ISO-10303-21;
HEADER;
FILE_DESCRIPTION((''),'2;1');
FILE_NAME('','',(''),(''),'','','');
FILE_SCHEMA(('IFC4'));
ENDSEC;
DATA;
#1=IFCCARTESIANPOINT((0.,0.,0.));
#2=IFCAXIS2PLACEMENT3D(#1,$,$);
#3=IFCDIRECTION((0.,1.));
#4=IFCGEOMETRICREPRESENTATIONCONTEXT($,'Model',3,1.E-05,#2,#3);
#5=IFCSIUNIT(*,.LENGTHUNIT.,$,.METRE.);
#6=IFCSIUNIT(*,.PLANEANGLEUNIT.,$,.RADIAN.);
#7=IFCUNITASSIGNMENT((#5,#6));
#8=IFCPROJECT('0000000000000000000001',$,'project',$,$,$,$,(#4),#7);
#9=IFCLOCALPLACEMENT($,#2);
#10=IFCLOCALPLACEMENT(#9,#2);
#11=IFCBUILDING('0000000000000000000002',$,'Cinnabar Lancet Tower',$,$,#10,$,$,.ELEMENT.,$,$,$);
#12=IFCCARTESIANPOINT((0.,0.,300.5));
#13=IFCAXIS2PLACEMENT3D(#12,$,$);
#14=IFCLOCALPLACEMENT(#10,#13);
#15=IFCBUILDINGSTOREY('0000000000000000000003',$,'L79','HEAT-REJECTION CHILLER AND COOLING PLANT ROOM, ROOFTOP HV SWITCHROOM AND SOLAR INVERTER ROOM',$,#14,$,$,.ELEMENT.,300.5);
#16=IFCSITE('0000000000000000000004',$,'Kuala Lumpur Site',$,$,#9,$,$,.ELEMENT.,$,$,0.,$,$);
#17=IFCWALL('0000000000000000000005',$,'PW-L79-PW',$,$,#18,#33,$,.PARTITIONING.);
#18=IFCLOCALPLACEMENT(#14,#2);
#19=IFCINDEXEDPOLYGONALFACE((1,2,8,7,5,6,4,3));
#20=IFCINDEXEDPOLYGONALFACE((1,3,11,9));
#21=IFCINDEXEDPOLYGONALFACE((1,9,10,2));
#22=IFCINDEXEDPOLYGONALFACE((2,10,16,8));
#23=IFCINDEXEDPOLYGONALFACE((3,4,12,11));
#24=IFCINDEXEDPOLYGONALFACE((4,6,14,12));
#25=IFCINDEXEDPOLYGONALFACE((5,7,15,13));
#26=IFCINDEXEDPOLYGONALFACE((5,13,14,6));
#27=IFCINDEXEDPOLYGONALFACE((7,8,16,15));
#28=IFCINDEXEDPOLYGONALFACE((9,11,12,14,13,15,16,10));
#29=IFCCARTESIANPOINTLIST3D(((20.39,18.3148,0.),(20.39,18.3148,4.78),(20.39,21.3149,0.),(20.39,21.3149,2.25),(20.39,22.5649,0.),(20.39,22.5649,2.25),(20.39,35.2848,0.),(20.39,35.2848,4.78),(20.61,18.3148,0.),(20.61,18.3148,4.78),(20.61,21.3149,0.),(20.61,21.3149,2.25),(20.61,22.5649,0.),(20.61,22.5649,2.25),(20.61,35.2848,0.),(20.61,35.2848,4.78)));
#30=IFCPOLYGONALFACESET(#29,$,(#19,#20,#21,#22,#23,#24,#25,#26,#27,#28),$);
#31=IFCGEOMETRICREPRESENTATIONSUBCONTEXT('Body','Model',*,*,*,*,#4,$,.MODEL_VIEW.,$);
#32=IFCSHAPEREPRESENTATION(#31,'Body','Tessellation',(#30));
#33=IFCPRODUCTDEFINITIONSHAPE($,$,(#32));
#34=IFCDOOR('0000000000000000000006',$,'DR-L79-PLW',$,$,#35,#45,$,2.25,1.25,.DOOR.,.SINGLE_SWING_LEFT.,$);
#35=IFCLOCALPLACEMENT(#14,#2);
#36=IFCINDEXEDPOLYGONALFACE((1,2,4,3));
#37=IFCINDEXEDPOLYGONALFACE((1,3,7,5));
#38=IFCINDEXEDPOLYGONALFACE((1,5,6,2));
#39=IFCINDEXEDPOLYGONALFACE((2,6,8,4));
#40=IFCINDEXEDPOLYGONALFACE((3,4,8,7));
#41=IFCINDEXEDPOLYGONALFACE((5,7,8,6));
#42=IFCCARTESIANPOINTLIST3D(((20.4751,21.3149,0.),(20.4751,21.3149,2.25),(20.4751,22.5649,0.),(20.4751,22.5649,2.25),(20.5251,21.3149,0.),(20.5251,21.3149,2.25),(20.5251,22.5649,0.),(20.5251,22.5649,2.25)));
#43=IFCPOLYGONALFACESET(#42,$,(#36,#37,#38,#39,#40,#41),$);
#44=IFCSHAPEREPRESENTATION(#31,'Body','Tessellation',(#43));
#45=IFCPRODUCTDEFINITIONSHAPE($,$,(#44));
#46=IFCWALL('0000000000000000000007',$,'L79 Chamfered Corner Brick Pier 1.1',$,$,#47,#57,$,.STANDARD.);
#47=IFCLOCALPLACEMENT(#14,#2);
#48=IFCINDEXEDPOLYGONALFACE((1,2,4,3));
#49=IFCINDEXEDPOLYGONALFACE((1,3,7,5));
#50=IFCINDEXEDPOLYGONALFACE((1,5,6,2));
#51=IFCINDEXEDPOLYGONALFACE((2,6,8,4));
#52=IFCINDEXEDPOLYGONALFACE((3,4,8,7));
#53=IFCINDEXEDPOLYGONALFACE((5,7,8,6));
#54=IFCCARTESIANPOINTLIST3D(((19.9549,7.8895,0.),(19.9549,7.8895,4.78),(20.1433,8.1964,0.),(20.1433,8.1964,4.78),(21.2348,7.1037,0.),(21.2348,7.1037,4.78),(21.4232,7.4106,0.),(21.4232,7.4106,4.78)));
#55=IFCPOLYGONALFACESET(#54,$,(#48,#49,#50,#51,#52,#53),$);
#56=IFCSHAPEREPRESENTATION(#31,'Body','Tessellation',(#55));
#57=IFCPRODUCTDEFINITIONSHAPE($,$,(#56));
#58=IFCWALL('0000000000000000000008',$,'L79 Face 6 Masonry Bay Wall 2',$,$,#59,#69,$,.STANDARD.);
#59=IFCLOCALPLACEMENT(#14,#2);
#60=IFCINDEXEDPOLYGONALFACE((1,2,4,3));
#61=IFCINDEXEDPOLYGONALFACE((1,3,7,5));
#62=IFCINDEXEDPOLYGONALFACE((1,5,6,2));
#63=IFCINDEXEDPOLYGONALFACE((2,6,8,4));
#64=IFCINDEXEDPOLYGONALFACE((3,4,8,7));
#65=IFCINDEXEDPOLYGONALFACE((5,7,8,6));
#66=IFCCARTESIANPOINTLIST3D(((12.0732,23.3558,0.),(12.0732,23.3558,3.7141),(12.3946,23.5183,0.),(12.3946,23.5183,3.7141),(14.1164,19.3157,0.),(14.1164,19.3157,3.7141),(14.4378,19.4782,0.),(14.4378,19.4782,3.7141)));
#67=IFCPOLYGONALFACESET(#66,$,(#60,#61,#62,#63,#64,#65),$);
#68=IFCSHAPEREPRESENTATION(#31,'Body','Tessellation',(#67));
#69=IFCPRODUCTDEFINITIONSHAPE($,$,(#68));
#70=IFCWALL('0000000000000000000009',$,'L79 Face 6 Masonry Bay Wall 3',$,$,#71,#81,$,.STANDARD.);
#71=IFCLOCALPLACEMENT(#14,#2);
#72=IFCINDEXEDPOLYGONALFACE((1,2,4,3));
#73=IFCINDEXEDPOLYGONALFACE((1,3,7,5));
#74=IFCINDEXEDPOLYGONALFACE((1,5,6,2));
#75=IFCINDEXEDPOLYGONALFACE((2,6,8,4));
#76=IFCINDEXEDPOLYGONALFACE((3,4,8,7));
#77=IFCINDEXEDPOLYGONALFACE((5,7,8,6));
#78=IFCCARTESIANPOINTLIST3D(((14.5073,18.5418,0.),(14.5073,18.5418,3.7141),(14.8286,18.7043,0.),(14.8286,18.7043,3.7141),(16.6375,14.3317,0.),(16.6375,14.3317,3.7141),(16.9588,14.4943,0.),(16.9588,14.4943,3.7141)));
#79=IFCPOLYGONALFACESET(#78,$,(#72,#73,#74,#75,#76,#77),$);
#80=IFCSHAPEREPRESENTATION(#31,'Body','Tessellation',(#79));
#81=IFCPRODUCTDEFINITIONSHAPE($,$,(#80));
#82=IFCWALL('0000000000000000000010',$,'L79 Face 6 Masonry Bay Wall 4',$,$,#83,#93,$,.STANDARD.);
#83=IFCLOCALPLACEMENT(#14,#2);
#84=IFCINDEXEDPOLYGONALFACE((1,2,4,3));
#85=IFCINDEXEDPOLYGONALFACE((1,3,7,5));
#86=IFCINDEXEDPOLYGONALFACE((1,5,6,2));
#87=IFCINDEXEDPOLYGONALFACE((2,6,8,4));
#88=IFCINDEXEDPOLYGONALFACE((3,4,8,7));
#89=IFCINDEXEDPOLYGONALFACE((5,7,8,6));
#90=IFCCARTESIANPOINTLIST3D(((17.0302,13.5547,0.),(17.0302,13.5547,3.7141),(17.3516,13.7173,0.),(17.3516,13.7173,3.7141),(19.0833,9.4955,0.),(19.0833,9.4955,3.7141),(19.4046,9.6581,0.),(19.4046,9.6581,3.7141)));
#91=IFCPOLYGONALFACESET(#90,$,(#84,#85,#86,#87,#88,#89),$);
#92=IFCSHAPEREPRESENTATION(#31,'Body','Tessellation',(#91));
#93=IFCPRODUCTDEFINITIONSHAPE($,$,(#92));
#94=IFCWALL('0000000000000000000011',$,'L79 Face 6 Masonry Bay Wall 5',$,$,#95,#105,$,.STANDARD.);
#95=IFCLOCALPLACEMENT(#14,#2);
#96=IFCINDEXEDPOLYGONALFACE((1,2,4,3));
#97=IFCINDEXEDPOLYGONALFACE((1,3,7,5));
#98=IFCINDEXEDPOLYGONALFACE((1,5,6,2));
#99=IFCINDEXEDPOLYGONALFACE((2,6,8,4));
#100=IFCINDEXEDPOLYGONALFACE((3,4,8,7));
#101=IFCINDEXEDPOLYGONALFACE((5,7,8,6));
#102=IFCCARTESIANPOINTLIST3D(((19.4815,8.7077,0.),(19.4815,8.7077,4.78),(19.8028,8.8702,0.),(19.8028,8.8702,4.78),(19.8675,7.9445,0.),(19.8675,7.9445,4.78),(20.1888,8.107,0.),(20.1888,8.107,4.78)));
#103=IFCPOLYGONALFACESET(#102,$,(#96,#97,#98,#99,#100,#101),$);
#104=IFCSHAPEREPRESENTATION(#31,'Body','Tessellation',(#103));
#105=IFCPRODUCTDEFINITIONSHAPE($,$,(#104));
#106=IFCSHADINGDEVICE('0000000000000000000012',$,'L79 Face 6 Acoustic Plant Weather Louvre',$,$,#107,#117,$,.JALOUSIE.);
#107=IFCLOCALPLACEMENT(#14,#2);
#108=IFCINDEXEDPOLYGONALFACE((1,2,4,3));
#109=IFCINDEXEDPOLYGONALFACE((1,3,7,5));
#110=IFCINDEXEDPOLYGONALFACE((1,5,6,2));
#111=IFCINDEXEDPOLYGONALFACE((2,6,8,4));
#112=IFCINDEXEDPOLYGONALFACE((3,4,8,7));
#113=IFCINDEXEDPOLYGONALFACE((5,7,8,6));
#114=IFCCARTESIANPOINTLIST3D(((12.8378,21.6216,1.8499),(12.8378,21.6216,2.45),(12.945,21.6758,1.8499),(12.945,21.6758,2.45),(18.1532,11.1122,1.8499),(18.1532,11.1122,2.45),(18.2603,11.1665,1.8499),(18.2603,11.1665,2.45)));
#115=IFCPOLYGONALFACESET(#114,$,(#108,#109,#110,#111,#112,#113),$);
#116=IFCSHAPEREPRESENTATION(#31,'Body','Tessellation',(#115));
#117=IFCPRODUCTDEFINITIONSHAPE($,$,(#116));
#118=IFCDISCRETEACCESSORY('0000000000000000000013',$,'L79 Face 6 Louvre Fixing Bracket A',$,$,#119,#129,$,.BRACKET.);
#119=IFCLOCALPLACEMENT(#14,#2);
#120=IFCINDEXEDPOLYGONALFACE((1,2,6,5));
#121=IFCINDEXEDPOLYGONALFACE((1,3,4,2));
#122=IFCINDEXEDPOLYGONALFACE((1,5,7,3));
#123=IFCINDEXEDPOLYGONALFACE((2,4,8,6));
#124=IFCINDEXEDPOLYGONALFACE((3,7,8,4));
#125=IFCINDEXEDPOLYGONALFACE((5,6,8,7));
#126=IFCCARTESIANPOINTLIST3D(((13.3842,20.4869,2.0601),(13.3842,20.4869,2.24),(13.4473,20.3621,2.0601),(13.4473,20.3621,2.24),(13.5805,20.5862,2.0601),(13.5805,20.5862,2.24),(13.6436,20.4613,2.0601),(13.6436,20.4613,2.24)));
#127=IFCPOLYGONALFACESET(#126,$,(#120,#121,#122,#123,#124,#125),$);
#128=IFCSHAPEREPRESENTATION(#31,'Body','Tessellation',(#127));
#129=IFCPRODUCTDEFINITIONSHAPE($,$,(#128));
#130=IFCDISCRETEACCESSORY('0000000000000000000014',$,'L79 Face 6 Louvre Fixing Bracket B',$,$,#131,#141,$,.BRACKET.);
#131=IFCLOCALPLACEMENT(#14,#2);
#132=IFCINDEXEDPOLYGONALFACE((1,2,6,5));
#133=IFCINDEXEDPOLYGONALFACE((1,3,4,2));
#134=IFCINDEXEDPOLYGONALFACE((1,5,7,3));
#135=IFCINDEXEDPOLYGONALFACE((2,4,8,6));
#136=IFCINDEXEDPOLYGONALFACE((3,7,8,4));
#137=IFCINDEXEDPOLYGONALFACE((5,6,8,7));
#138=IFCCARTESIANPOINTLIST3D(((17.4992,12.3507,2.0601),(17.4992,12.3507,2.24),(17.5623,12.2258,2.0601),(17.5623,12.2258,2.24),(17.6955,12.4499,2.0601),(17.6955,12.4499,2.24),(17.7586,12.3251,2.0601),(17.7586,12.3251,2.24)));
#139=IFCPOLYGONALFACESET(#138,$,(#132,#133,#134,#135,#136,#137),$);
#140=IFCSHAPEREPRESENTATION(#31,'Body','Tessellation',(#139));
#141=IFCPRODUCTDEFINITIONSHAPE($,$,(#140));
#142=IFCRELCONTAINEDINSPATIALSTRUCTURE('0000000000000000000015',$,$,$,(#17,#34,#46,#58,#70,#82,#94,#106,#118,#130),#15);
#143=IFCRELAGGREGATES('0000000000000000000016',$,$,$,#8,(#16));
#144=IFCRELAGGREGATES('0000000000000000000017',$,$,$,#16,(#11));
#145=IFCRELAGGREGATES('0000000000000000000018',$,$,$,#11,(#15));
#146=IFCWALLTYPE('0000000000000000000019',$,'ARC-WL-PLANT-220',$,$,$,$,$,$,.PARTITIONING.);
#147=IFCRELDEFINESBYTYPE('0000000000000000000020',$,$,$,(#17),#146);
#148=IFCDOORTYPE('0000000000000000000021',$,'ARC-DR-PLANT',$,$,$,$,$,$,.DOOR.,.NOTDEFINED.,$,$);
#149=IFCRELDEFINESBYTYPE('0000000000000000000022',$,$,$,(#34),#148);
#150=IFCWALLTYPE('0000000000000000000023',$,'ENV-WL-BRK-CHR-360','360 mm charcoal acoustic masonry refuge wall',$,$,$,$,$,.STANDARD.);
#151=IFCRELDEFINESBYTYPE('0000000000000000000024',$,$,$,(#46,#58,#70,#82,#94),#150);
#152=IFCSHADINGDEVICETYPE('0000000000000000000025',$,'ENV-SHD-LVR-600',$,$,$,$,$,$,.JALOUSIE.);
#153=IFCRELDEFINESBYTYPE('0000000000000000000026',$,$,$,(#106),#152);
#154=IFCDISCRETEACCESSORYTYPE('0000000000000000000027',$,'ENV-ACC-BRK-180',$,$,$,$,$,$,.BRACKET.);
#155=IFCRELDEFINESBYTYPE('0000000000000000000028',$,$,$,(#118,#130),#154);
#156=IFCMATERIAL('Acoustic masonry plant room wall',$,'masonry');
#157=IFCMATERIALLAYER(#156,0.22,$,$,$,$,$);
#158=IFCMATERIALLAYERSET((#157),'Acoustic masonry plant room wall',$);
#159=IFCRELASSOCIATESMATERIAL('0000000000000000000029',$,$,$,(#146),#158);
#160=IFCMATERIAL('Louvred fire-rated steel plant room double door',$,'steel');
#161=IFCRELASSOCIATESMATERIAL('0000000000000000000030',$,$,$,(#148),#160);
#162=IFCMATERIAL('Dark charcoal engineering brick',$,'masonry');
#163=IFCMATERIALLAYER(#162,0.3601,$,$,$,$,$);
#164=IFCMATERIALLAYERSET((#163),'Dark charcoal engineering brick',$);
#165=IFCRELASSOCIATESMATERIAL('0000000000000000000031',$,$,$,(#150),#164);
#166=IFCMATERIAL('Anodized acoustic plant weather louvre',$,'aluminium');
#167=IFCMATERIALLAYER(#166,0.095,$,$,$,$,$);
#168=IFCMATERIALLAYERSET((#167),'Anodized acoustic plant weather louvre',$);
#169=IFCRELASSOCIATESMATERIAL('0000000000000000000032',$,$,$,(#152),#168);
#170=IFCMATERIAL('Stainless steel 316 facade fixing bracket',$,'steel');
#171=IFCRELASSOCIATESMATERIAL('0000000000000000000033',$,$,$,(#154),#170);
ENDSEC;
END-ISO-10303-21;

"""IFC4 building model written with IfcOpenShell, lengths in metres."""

from ifc_helpers import new_model, si_unit, direction, frame, frame_2d, origin, origin_2d, place, context, subcontext, project, spatial, rectangle, extrude, material, layer, layer_set, type_object, element, fill, save


model = new_model("IFC4")

# Units and contexts
model_context = context("Model", 3, precision=1e-05, world=origin(), true_north=direction((0.0, 1.0)))
body_context = subcontext(model_context, "Body", "Model", "MODEL_VIEW")
ifc_project = project(units=[si_unit("LENGTHUNIT", "METRE"), si_unit("PLANEANGLEUNIT", "RADIAN")], contexts=[model_context])

# Site, building, storey
site_placement = place(None, origin())
site = spatial("IfcSite", under=ifc_project, at=site_placement, Name="Kuala Lumpur Site", CompositionType="ELEMENT", RefElevation=0.0)
building_placement = place(site_placement, origin())
building = spatial("IfcBuilding", under=site, at=building_placement, Name="Cinnabar Lancet Tower", CompositionType="ELEMENT")
storey_placement = place(building_placement, frame((0.0, 0.0, 300.5)))
storey = spatial("IfcBuildingStorey", under=building, at=storey_placement, Name="L79", Description="HEAT-REJECTION CHILLER AND COOLING PLANT ROOM, ROOFTOP HV SWITCHROOM AND SOLAR INVERTER ROOM", CompositionType="ELEMENT", Elevation=300.5)

# Wall, opening, door
ifc_material_1 = material(Name="Acoustic masonry plant room wall", Category="masonry")
ifc_layer_1 = layer(ifc_material_1, 0.22)
ifc_layer_set_1 = layer_set([ifc_layer_1], Name="Acoustic masonry plant room wall")
wall_type_1 = type_object("IfcWallType", Name="ARC-WL-PLANT-220", PredefinedType="PARTITIONING", material=ifc_layer_set_1)
ifc_material_2 = material(Name="Louvred fire-rated steel plant room double door", Category="steel")
door_type = type_object("IfcDoorType", Name="ARC-DR-PLANT", OperationType="NOTDEFINED", PredefinedType="DOOR", material=ifc_material_2)
wall_1_placement = place(storey_placement, frame((20.5, 18.3149, 0.0), z_axis=(0.0, 0.0, 1.0), x_axis=(0.0, 1.0, 0.0)))
wall_1 = element("IfcWall", 1, at=wall_1_placement, inside=storey, type_object=wall_type_1, Name="PW-L79-PW", PredefinedType="PARTITIONING", context=body_context, shape_type="SweptSolid", body=[
    extrude(rectangle(XDim=16.97, YDim=0.22, at=frame_2d((8.4849, 0.0))), origin(), (0.0, 0.0, 1.0), 4.78),
])
opening_1_placement = place(wall_1_placement, frame((3.0, 0.0, 0.0)))
opening_1 = element("IfcOpeningElement", 2, at=opening_1_placement, cuts=wall_1, PredefinedType="OPENING", context=body_context, shape_type="SweptSolid", body=[
    extrude(rectangle(XDim=1.25, YDim=2.25, at=frame_2d((0.625, 1.125))), frame((0.0, 0.1199, 0.0), z_axis=(0.0, -1.0, 0.0), x_axis=(1.0, 0.0, 0.0)), (0.0, 0.0, 1.0), 0.24),
])
door_1_placement = place(opening_1_placement, origin())
door_1 = element("IfcDoor", 3, at=door_1_placement, inside=storey, type_object=door_type, Name="DR-L79-PLW", OperationType="SINGLE_SWING_LEFT", OverallHeight=2.25, OverallWidth=1.25, PredefinedType="DOOR", context=body_context, shape_type="SweptSolid", body=[
    extrude(rectangle(XDim=1.25, YDim=2.25, at=frame_2d((0.625, 1.125))), frame((0.0, 0.0249, 0.0), z_axis=(0.0, -1.0, 0.0), x_axis=(1.0, 0.0, 0.0)), (0.0, 0.0, 1.0), 0.05),
])
fill(opening_1, door_1)

# Walls
ifc_material_3 = material(Name="Dark charcoal engineering brick", Category="masonry")
ifc_layer_2 = layer(ifc_material_3, 0.3601)
ifc_layer_set_2 = layer_set([ifc_layer_2], Name="Dark charcoal engineering brick")
wall_type_2 = type_object("IfcWallType", Name="ENV-WL-BRK-CHR-360", Description="360 mm charcoal acoustic masonry refuge wall", PredefinedType="STANDARD", material=ifc_layer_set_2)
wall_2_placement = place(storey_placement, frame((20.0491, 8.043, 0.0), z_axis=(0.0, 0.0, 1.0), x_axis=(0.852199, -0.523217, 0.0)))
element("IfcWall", 4, at=wall_2_placement, inside=storey, type_object=wall_type_2, Name="L79 Chamfered Corner Brick Pier 1.1", PredefinedType="STANDARD", context=body_context, shape_type="SweptSolid", body=[
    extrude(rectangle(XDim=1.502, YDim=0.3601, at=frame_2d((0.751, 0.0))), origin(), (0.0, 0.0, 1.0), 4.78),
])
wall_3_placement = place(storey_placement, frame((12.2339, 23.437, 0.0), z_axis=(0.0, 0.0, 1.0), x_axis=(0.451307, -0.892369, 0.0)))
element("IfcWall", 5, at=wall_3_placement, inside=storey, type_object=wall_type_2, Name="L79 Face 6 Masonry Bay Wall 2", PredefinedType="STANDARD", context=body_context, shape_type="SweptSolid", body=[
    extrude(rectangle(XDim=4.5273, YDim=0.3601, at=frame_2d((2.2637, 0.0))), origin(), (0.0, 0.0, 1.0), 3.7141),
])
wall_4_placement = place(storey_placement, frame((14.668, 18.623, 0.0), z_axis=(0.0, 0.0, 1.0), x_axis=(0.451472, -0.892285, 0.0)))
element("IfcWall", 6, at=wall_4_placement, inside=storey, type_object=wall_type_2, Name="L79 Face 6 Masonry Bay Wall 3", PredefinedType="STANDARD", context=body_context, shape_type="SweptSolid", body=[
    extrude(rectangle(XDim=4.7183, YDim=0.3601, at=frame_2d((2.3591, 0.0))), origin(), (0.0, 0.0, 1.0), 3.7141),
])
wall_5_placement = place(storey_placement, frame((17.1909, 13.636, 0.0), z_axis=(0.0, 0.0, 1.0), x_axis=(0.451331, -0.892357, 0.0)))
element("IfcWall", 7, at=wall_5_placement, inside=storey, type_object=wall_type_2, Name="L79 Face 6 Masonry Bay Wall 4", PredefinedType="STANDARD", context=body_context, shape_type="SweptSolid", body=[
    extrude(rectangle(XDim=4.5488, YDim=0.3601, at=frame_2d((2.2744, 0.0))), origin(), (0.0, 0.0, 1.0), 3.7141),
])
wall_6_placement = place(storey_placement, frame((19.6421, 8.7891, 0.0), z_axis=(0.0, 0.0, 1.0), x_axis=(0.45132, -0.892362, 0.0)))
element("IfcWall", 8, at=wall_6_placement, inside=storey, type_object=wall_type_2, Name="L79 Face 6 Masonry Bay Wall 5", PredefinedType="STANDARD", context=body_context, shape_type="SweptSolid", body=[
    extrude(rectangle(XDim=0.8552, YDim=0.3601, at=frame_2d((0.4277, 0.0))), origin(), (0.0, 0.0, 1.0), 4.78),
])

# Shading device
ifc_material_4 = material(Name="Anodized acoustic plant weather louvre", Category="aluminium")
ifc_layer_3 = layer(ifc_material_4, 0.095)
ifc_layer_set_3 = layer_set([ifc_layer_3], Name="Anodized acoustic plant weather louvre")
shading_device_type = type_object("IfcShadingDeviceType", Name="ENV-SHD-LVR-600", PredefinedType="JALOUSIE", material=ifc_layer_set_3)
shading_device_placement = place(storey_placement, frame((15.5491, 16.394, 1.8499), z_axis=(0.0, 0.0, 1.0), x_axis=(0.451329, -0.892357, 0.0)))
element("IfcShadingDevice", 9, at=shading_device_placement, inside=storey, type_object=shading_device_type, Name="L79 Face 6 Acoustic Plant Weather Louvre", PredefinedType="JALOUSIE", context=body_context, shape_type="SweptSolid", body=[
    extrude(rectangle(XDim=11.7771, YDim=0.1201, at=origin_2d()), origin(), (0.0, 0.0, 1.0), 0.6001),
])

# Discrete accessories
ifc_material_5 = material(Name="Stainless steel 316 facade fixing bracket", Category="steel")
discrete_accessory_type = type_object("IfcDiscreteAccessoryType", Name="ENV-ACC-BRK-180", PredefinedType="BRACKET", material=ifc_material_5)
for number, where, z_axis, x_axis, name in (
    (10, (13.5139, 20.4741, 2.0601), (0.0, 0.0, 1.0), (0.451329, -0.892357, 0.0), "L79 Face 6 Louvre Fixing Bracket A"),
    (11, (17.6289, 12.3379, 2.0601), (0.0, 0.0, 1.0), (0.451329, -0.892357, 0.0), "L79 Face 6 Louvre Fixing Bracket B"),
):
    element("IfcDiscreteAccessory", number, at=place(storey_placement, frame(where, z_axis=z_axis, x_axis=x_axis)), inside=storey, type_object=discrete_accessory_type, Name=name, PredefinedType="BRACKET", context=body_context, shape_type="SweptSolid", body=[
        extrude(rectangle(XDim=0.1399, YDim=0.22, at=origin_2d()), origin(), (0.0, 0.0, 1.0), 0.1799),
    ])

save(model, "model.ifc")
